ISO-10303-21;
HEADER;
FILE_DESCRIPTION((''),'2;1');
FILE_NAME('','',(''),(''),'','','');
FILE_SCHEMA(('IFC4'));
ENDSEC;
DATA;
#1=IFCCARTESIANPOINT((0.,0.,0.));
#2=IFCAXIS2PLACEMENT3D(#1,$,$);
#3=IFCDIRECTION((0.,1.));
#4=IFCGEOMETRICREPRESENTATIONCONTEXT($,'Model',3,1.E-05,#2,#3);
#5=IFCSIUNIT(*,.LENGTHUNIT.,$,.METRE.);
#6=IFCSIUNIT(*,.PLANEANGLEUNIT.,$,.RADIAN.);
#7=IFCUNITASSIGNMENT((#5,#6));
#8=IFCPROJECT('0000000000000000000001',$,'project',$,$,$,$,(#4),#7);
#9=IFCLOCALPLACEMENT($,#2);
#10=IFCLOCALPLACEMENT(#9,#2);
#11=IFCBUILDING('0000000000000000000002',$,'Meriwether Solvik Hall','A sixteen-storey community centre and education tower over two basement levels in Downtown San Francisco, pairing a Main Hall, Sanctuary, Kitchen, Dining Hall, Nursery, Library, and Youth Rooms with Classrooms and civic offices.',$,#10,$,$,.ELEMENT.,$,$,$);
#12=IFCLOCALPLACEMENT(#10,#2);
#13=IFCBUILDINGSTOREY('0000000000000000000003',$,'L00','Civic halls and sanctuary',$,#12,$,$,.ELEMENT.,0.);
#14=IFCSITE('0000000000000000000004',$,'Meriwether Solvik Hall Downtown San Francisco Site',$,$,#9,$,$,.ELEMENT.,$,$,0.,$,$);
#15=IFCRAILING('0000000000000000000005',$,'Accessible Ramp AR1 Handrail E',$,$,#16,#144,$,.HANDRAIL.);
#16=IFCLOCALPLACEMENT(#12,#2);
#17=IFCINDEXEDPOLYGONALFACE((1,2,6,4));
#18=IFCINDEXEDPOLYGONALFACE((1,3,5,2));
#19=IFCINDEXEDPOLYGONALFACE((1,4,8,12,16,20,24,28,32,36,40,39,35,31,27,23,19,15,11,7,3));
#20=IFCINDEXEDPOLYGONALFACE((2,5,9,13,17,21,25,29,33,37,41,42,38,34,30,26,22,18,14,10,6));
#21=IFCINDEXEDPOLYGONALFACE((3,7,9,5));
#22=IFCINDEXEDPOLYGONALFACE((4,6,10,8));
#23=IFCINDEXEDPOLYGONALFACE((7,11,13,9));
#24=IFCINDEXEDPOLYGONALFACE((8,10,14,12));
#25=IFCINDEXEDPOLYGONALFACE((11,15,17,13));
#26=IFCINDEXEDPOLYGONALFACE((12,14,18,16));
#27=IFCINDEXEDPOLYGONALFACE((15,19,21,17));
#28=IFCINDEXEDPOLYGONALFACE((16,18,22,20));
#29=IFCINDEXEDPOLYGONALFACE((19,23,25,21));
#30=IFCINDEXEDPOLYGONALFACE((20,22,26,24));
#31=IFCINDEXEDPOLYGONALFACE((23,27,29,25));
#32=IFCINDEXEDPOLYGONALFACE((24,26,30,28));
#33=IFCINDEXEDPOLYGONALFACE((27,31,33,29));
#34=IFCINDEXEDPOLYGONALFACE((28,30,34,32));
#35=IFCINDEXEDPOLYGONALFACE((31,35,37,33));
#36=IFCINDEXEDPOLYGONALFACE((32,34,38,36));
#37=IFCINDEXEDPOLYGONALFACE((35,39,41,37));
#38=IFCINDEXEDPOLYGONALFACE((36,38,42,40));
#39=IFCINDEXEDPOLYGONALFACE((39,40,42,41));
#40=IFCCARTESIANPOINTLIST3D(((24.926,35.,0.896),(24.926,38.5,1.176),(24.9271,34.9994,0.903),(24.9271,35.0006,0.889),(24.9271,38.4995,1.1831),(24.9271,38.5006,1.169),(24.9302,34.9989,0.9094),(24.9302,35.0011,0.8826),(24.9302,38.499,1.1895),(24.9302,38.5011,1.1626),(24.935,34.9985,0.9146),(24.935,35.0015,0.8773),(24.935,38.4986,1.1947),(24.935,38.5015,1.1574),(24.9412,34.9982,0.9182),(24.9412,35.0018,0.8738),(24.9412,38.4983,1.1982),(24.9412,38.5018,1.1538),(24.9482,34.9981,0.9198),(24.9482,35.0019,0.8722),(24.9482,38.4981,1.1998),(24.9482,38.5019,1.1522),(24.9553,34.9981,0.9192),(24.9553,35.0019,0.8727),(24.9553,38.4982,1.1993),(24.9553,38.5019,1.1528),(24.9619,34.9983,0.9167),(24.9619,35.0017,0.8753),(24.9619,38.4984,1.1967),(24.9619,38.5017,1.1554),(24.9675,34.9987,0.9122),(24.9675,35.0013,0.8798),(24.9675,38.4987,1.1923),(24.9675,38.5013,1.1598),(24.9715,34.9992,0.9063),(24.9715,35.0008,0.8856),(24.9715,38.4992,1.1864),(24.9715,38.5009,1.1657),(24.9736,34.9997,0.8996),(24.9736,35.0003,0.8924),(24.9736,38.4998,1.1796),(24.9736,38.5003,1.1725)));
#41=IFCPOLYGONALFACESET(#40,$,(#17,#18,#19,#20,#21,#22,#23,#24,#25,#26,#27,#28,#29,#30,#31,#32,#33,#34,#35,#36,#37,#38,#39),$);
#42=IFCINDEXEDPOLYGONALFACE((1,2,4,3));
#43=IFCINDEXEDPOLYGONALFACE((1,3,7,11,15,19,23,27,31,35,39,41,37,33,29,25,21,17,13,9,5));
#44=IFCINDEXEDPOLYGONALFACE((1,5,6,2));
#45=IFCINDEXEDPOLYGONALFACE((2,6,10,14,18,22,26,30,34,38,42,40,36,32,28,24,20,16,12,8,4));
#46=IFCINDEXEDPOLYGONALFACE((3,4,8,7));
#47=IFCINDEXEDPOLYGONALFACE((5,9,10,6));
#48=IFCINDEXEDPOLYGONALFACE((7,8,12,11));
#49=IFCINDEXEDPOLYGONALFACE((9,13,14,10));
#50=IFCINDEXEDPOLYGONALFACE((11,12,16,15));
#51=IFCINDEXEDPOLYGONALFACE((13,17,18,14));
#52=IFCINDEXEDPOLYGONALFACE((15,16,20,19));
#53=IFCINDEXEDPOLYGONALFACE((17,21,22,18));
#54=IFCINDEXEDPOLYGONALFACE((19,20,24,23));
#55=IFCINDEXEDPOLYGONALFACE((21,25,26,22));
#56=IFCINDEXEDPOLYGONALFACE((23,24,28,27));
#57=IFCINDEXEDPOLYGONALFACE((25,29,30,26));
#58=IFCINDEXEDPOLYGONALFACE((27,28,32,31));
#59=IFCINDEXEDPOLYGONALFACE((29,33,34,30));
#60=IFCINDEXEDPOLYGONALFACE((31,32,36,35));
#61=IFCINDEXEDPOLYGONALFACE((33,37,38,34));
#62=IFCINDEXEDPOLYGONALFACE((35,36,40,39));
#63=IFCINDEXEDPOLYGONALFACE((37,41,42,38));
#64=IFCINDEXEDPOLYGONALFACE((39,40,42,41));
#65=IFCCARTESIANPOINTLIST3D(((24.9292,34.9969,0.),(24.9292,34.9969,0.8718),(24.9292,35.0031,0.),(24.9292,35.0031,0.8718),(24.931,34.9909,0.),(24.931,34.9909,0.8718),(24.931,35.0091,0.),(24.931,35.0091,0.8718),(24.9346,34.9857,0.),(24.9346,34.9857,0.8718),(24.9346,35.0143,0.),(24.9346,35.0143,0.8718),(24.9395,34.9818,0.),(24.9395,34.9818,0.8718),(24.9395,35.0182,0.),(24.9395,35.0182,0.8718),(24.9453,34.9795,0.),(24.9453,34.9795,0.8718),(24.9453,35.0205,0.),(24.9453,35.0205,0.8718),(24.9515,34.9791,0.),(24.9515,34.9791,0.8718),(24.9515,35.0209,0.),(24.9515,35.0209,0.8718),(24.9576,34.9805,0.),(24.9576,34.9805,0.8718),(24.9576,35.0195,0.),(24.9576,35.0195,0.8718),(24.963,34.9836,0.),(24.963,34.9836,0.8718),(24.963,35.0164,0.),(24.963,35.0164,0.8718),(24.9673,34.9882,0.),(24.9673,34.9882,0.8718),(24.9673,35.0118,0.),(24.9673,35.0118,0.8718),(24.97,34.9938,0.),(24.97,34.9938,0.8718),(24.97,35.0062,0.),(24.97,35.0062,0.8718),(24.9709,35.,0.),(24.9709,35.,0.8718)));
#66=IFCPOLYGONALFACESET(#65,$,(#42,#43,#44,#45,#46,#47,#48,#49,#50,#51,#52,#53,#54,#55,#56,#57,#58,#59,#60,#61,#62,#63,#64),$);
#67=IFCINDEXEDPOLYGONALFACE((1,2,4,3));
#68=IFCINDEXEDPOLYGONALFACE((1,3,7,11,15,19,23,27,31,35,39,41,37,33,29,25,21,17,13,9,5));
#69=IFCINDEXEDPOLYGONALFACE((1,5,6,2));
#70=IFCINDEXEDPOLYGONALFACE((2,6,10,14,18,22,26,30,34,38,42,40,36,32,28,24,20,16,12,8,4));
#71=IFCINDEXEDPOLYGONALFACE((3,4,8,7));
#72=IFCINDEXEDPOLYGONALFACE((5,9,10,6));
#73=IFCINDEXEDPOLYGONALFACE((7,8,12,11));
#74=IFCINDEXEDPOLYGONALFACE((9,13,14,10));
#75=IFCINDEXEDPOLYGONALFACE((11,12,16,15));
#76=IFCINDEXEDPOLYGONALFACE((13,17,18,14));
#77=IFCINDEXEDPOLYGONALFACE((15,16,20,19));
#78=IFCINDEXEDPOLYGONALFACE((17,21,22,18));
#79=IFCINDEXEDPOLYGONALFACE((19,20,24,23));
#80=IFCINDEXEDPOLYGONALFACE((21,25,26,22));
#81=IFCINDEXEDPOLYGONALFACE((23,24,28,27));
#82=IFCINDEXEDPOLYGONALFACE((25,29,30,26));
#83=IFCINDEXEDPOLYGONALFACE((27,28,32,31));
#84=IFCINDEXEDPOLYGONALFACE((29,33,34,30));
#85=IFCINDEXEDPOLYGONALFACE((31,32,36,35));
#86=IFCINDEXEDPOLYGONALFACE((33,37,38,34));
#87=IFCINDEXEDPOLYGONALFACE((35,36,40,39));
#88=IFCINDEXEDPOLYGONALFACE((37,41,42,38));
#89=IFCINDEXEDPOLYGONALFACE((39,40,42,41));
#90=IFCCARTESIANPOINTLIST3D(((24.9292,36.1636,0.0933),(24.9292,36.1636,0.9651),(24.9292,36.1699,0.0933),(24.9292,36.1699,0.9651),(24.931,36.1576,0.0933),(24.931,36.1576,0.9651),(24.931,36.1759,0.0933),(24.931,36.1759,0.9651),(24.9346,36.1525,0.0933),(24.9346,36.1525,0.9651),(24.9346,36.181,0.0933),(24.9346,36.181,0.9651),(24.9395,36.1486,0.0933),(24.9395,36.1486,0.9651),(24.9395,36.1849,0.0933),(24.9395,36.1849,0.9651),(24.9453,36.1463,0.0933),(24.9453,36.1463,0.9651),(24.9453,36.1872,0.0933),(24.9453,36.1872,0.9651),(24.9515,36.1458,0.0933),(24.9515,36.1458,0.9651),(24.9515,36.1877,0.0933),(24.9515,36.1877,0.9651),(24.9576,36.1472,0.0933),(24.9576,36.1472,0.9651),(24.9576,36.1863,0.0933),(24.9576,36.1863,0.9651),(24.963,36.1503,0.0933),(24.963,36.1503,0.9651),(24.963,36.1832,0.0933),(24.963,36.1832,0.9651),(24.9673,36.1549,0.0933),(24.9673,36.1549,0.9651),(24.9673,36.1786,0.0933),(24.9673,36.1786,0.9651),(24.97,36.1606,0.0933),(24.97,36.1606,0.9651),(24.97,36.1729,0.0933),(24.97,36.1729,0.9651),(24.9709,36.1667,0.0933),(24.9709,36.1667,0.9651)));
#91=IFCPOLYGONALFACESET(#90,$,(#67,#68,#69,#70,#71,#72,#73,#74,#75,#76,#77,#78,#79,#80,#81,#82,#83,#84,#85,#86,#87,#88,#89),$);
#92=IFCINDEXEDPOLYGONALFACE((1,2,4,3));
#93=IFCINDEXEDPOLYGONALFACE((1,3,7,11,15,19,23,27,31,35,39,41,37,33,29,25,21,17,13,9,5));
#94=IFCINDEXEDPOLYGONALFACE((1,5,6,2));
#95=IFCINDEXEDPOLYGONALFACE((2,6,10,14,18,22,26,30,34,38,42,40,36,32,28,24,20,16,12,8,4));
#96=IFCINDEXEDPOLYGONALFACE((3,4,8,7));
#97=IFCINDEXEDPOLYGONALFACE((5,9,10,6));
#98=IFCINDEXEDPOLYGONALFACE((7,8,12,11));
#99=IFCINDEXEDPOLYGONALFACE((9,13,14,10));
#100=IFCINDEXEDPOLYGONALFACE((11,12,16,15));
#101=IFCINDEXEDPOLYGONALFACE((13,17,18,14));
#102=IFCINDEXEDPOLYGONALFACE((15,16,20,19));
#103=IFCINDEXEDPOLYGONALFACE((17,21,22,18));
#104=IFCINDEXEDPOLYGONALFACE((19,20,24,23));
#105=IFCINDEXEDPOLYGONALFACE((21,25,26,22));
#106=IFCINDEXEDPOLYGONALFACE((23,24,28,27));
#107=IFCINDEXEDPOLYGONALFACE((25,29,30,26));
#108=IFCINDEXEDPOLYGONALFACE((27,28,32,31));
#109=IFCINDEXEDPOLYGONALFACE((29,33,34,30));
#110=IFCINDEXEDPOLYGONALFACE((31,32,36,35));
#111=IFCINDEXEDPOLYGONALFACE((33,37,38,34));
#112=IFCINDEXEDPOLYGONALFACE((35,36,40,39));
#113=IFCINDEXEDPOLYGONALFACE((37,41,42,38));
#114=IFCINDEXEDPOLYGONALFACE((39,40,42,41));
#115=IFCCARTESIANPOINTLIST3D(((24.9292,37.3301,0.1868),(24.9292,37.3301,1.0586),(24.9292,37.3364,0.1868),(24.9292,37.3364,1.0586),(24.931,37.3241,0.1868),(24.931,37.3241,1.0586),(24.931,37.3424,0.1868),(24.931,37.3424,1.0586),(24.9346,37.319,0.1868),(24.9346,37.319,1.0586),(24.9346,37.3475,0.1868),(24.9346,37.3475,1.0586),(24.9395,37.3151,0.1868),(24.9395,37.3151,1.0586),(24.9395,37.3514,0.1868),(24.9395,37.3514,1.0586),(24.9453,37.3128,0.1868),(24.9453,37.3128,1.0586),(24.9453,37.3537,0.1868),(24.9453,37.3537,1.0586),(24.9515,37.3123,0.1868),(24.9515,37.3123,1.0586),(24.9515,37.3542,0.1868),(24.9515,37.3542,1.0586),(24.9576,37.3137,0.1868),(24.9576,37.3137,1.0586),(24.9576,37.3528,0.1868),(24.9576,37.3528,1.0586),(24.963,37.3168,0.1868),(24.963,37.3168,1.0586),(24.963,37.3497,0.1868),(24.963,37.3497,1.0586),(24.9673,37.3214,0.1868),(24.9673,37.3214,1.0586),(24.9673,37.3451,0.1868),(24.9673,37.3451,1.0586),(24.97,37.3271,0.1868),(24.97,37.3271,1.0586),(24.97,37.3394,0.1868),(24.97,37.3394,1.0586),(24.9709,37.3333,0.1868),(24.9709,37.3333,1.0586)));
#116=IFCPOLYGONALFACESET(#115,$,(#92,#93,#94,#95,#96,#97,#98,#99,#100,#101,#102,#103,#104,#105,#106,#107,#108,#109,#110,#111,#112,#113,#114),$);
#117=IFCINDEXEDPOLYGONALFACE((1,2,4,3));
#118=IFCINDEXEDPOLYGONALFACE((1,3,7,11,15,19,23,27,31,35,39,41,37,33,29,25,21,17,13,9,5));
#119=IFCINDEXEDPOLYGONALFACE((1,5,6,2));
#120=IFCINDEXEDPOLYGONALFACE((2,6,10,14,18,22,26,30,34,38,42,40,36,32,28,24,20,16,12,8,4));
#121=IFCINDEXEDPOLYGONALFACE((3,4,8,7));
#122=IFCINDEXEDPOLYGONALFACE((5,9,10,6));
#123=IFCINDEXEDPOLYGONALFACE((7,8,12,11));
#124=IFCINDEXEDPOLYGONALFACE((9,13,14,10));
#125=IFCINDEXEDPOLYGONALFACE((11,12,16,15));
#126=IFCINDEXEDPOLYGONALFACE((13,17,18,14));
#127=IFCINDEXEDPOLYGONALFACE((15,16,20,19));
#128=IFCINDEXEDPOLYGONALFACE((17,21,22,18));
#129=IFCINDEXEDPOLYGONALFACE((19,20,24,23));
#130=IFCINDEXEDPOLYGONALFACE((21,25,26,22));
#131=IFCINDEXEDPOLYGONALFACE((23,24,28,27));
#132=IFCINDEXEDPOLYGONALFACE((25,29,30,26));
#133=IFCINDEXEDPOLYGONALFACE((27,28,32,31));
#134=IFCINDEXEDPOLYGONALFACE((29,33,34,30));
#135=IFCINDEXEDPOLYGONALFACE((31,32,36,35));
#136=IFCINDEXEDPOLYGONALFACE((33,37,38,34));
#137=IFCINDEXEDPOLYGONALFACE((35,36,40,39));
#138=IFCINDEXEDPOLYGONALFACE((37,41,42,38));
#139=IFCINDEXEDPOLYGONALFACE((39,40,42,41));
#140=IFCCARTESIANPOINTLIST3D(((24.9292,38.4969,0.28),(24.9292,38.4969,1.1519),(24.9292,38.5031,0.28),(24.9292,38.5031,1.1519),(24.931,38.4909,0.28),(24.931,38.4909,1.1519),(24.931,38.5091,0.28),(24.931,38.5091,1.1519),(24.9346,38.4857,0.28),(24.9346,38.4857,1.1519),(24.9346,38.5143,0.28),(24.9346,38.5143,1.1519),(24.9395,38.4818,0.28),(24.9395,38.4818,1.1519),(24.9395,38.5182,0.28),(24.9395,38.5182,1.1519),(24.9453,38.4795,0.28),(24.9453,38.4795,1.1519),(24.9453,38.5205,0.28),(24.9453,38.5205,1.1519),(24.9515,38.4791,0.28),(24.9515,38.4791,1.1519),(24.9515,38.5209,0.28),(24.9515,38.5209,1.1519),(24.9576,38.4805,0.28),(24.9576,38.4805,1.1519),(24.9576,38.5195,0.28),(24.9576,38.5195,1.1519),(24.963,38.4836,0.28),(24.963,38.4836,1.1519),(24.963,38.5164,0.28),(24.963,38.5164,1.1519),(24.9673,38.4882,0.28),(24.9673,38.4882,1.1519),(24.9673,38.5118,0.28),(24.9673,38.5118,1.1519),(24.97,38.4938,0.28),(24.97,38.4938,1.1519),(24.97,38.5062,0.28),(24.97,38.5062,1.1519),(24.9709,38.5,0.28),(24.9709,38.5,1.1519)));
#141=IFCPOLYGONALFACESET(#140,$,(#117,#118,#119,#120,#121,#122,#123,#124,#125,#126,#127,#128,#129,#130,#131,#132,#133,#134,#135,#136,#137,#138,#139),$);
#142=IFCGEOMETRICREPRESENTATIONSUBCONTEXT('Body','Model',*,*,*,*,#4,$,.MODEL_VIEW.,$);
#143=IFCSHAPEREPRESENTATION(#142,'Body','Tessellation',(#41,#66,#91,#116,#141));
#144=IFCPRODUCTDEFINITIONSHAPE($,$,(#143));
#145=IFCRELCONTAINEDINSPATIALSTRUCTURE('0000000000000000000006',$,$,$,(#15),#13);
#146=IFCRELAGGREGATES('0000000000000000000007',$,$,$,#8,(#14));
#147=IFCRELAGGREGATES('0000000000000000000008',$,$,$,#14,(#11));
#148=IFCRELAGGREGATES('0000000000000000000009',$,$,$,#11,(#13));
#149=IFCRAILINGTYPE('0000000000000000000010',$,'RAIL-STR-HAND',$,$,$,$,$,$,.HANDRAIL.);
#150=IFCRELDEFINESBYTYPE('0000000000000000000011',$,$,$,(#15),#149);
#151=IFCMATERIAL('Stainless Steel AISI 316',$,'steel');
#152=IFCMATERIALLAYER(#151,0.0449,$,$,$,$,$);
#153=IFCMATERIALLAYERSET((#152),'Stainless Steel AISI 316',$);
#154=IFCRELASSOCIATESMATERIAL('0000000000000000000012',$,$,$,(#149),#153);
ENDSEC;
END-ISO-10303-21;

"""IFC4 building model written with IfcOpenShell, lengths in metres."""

from ifc_helpers import new_model, si_unit, direction, frame, origin, origin_2d, place, context, subcontext, project, spatial, circle, extrude, material, layer, layer_set, type_object, element, save


model = new_model("IFC4")

# Units and contexts
model_context = context("Model", 3, precision=1e-05, world=origin(), true_north=direction((0.0, 1.0)))
body_context = subcontext(model_context, "Body", "Model", "MODEL_VIEW")
ifc_project = project(units=[si_unit("LENGTHUNIT", "METRE"), si_unit("PLANEANGLEUNIT", "RADIAN")], contexts=[model_context])

# Site, building, storey
site_placement = place(None, origin())
site = spatial("IfcSite", under=ifc_project, at=site_placement, Name="Meriwether Solvik Hall Downtown San Francisco Site", CompositionType="ELEMENT", RefElevation=0.0)
building_placement = place(site_placement, origin())
building = spatial("IfcBuilding", under=site, at=building_placement, Name="Meriwether Solvik Hall", Description="A sixteen-storey community centre and education tower over two basement levels in Downtown San Francisco, pairing a Main Hall, Sanctuary, Kitchen, Dining Hall, Nursery, Library, and Youth Rooms with Classrooms and civic offices.", CompositionType="ELEMENT")
storey_placement = place(building_placement, origin())
storey = spatial("IfcBuildingStorey", under=building, at=storey_placement, Name="L00", Description="Civic halls and sanctuary", CompositionType="ELEMENT", Elevation=0.0)

# Railing
ifc_material_1 = material(Name="Stainless Steel AISI 316", Category="steel")
ifc_layer_1 = layer(ifc_material_1, 0.0449)
ifc_layer_set_1 = layer_set([ifc_layer_1], Name="Stainless Steel AISI 316")
railing_type = type_object("IfcRailingType", Name="RAIL-STR-HAND", PredefinedType="HANDRAIL", material=ifc_layer_set_1)
railing_placement = place(storey_placement, frame((24.95, 35.0, 0.0)))
element("IfcRailing", 1, at=railing_placement, inside=storey, type_object=railing_type, Name="Accessible Ramp AR1 Handrail E", PredefinedType="HANDRAIL", context=body_context, shape_type="SweptSolid", body=[
    extrude(circle(Radius=0.0239, at=origin_2d()), frame((0.0, 0.0, 0.896), z_axis=(0.0, 0.996815, 0.079754), x_axis=(-1.0, 0.0, 0.0)), (0.0, 0.0, 1.0), 3.5112),
    extrude(circle(Radius=0.021, at=origin_2d()), origin(), (0.0, 0.0, 1.0), 0.8718),
    extrude(circle(Radius=0.021, at=origin_2d()), frame((0.0, 1.1667, 0.0933)), (0.0, 0.0, 1.0), 0.8718),
    extrude(circle(Radius=0.021, at=origin_2d()), frame((0.0, 2.3333, 0.1868)), (0.0, 0.0, 1.0), 0.8718),
    extrude(circle(Radius=0.021, at=origin_2d()), frame((0.0, 3.5, 0.28)), (0.0, 0.0, 1.0), 0.8718),
])

save(model, "model.ifc")
